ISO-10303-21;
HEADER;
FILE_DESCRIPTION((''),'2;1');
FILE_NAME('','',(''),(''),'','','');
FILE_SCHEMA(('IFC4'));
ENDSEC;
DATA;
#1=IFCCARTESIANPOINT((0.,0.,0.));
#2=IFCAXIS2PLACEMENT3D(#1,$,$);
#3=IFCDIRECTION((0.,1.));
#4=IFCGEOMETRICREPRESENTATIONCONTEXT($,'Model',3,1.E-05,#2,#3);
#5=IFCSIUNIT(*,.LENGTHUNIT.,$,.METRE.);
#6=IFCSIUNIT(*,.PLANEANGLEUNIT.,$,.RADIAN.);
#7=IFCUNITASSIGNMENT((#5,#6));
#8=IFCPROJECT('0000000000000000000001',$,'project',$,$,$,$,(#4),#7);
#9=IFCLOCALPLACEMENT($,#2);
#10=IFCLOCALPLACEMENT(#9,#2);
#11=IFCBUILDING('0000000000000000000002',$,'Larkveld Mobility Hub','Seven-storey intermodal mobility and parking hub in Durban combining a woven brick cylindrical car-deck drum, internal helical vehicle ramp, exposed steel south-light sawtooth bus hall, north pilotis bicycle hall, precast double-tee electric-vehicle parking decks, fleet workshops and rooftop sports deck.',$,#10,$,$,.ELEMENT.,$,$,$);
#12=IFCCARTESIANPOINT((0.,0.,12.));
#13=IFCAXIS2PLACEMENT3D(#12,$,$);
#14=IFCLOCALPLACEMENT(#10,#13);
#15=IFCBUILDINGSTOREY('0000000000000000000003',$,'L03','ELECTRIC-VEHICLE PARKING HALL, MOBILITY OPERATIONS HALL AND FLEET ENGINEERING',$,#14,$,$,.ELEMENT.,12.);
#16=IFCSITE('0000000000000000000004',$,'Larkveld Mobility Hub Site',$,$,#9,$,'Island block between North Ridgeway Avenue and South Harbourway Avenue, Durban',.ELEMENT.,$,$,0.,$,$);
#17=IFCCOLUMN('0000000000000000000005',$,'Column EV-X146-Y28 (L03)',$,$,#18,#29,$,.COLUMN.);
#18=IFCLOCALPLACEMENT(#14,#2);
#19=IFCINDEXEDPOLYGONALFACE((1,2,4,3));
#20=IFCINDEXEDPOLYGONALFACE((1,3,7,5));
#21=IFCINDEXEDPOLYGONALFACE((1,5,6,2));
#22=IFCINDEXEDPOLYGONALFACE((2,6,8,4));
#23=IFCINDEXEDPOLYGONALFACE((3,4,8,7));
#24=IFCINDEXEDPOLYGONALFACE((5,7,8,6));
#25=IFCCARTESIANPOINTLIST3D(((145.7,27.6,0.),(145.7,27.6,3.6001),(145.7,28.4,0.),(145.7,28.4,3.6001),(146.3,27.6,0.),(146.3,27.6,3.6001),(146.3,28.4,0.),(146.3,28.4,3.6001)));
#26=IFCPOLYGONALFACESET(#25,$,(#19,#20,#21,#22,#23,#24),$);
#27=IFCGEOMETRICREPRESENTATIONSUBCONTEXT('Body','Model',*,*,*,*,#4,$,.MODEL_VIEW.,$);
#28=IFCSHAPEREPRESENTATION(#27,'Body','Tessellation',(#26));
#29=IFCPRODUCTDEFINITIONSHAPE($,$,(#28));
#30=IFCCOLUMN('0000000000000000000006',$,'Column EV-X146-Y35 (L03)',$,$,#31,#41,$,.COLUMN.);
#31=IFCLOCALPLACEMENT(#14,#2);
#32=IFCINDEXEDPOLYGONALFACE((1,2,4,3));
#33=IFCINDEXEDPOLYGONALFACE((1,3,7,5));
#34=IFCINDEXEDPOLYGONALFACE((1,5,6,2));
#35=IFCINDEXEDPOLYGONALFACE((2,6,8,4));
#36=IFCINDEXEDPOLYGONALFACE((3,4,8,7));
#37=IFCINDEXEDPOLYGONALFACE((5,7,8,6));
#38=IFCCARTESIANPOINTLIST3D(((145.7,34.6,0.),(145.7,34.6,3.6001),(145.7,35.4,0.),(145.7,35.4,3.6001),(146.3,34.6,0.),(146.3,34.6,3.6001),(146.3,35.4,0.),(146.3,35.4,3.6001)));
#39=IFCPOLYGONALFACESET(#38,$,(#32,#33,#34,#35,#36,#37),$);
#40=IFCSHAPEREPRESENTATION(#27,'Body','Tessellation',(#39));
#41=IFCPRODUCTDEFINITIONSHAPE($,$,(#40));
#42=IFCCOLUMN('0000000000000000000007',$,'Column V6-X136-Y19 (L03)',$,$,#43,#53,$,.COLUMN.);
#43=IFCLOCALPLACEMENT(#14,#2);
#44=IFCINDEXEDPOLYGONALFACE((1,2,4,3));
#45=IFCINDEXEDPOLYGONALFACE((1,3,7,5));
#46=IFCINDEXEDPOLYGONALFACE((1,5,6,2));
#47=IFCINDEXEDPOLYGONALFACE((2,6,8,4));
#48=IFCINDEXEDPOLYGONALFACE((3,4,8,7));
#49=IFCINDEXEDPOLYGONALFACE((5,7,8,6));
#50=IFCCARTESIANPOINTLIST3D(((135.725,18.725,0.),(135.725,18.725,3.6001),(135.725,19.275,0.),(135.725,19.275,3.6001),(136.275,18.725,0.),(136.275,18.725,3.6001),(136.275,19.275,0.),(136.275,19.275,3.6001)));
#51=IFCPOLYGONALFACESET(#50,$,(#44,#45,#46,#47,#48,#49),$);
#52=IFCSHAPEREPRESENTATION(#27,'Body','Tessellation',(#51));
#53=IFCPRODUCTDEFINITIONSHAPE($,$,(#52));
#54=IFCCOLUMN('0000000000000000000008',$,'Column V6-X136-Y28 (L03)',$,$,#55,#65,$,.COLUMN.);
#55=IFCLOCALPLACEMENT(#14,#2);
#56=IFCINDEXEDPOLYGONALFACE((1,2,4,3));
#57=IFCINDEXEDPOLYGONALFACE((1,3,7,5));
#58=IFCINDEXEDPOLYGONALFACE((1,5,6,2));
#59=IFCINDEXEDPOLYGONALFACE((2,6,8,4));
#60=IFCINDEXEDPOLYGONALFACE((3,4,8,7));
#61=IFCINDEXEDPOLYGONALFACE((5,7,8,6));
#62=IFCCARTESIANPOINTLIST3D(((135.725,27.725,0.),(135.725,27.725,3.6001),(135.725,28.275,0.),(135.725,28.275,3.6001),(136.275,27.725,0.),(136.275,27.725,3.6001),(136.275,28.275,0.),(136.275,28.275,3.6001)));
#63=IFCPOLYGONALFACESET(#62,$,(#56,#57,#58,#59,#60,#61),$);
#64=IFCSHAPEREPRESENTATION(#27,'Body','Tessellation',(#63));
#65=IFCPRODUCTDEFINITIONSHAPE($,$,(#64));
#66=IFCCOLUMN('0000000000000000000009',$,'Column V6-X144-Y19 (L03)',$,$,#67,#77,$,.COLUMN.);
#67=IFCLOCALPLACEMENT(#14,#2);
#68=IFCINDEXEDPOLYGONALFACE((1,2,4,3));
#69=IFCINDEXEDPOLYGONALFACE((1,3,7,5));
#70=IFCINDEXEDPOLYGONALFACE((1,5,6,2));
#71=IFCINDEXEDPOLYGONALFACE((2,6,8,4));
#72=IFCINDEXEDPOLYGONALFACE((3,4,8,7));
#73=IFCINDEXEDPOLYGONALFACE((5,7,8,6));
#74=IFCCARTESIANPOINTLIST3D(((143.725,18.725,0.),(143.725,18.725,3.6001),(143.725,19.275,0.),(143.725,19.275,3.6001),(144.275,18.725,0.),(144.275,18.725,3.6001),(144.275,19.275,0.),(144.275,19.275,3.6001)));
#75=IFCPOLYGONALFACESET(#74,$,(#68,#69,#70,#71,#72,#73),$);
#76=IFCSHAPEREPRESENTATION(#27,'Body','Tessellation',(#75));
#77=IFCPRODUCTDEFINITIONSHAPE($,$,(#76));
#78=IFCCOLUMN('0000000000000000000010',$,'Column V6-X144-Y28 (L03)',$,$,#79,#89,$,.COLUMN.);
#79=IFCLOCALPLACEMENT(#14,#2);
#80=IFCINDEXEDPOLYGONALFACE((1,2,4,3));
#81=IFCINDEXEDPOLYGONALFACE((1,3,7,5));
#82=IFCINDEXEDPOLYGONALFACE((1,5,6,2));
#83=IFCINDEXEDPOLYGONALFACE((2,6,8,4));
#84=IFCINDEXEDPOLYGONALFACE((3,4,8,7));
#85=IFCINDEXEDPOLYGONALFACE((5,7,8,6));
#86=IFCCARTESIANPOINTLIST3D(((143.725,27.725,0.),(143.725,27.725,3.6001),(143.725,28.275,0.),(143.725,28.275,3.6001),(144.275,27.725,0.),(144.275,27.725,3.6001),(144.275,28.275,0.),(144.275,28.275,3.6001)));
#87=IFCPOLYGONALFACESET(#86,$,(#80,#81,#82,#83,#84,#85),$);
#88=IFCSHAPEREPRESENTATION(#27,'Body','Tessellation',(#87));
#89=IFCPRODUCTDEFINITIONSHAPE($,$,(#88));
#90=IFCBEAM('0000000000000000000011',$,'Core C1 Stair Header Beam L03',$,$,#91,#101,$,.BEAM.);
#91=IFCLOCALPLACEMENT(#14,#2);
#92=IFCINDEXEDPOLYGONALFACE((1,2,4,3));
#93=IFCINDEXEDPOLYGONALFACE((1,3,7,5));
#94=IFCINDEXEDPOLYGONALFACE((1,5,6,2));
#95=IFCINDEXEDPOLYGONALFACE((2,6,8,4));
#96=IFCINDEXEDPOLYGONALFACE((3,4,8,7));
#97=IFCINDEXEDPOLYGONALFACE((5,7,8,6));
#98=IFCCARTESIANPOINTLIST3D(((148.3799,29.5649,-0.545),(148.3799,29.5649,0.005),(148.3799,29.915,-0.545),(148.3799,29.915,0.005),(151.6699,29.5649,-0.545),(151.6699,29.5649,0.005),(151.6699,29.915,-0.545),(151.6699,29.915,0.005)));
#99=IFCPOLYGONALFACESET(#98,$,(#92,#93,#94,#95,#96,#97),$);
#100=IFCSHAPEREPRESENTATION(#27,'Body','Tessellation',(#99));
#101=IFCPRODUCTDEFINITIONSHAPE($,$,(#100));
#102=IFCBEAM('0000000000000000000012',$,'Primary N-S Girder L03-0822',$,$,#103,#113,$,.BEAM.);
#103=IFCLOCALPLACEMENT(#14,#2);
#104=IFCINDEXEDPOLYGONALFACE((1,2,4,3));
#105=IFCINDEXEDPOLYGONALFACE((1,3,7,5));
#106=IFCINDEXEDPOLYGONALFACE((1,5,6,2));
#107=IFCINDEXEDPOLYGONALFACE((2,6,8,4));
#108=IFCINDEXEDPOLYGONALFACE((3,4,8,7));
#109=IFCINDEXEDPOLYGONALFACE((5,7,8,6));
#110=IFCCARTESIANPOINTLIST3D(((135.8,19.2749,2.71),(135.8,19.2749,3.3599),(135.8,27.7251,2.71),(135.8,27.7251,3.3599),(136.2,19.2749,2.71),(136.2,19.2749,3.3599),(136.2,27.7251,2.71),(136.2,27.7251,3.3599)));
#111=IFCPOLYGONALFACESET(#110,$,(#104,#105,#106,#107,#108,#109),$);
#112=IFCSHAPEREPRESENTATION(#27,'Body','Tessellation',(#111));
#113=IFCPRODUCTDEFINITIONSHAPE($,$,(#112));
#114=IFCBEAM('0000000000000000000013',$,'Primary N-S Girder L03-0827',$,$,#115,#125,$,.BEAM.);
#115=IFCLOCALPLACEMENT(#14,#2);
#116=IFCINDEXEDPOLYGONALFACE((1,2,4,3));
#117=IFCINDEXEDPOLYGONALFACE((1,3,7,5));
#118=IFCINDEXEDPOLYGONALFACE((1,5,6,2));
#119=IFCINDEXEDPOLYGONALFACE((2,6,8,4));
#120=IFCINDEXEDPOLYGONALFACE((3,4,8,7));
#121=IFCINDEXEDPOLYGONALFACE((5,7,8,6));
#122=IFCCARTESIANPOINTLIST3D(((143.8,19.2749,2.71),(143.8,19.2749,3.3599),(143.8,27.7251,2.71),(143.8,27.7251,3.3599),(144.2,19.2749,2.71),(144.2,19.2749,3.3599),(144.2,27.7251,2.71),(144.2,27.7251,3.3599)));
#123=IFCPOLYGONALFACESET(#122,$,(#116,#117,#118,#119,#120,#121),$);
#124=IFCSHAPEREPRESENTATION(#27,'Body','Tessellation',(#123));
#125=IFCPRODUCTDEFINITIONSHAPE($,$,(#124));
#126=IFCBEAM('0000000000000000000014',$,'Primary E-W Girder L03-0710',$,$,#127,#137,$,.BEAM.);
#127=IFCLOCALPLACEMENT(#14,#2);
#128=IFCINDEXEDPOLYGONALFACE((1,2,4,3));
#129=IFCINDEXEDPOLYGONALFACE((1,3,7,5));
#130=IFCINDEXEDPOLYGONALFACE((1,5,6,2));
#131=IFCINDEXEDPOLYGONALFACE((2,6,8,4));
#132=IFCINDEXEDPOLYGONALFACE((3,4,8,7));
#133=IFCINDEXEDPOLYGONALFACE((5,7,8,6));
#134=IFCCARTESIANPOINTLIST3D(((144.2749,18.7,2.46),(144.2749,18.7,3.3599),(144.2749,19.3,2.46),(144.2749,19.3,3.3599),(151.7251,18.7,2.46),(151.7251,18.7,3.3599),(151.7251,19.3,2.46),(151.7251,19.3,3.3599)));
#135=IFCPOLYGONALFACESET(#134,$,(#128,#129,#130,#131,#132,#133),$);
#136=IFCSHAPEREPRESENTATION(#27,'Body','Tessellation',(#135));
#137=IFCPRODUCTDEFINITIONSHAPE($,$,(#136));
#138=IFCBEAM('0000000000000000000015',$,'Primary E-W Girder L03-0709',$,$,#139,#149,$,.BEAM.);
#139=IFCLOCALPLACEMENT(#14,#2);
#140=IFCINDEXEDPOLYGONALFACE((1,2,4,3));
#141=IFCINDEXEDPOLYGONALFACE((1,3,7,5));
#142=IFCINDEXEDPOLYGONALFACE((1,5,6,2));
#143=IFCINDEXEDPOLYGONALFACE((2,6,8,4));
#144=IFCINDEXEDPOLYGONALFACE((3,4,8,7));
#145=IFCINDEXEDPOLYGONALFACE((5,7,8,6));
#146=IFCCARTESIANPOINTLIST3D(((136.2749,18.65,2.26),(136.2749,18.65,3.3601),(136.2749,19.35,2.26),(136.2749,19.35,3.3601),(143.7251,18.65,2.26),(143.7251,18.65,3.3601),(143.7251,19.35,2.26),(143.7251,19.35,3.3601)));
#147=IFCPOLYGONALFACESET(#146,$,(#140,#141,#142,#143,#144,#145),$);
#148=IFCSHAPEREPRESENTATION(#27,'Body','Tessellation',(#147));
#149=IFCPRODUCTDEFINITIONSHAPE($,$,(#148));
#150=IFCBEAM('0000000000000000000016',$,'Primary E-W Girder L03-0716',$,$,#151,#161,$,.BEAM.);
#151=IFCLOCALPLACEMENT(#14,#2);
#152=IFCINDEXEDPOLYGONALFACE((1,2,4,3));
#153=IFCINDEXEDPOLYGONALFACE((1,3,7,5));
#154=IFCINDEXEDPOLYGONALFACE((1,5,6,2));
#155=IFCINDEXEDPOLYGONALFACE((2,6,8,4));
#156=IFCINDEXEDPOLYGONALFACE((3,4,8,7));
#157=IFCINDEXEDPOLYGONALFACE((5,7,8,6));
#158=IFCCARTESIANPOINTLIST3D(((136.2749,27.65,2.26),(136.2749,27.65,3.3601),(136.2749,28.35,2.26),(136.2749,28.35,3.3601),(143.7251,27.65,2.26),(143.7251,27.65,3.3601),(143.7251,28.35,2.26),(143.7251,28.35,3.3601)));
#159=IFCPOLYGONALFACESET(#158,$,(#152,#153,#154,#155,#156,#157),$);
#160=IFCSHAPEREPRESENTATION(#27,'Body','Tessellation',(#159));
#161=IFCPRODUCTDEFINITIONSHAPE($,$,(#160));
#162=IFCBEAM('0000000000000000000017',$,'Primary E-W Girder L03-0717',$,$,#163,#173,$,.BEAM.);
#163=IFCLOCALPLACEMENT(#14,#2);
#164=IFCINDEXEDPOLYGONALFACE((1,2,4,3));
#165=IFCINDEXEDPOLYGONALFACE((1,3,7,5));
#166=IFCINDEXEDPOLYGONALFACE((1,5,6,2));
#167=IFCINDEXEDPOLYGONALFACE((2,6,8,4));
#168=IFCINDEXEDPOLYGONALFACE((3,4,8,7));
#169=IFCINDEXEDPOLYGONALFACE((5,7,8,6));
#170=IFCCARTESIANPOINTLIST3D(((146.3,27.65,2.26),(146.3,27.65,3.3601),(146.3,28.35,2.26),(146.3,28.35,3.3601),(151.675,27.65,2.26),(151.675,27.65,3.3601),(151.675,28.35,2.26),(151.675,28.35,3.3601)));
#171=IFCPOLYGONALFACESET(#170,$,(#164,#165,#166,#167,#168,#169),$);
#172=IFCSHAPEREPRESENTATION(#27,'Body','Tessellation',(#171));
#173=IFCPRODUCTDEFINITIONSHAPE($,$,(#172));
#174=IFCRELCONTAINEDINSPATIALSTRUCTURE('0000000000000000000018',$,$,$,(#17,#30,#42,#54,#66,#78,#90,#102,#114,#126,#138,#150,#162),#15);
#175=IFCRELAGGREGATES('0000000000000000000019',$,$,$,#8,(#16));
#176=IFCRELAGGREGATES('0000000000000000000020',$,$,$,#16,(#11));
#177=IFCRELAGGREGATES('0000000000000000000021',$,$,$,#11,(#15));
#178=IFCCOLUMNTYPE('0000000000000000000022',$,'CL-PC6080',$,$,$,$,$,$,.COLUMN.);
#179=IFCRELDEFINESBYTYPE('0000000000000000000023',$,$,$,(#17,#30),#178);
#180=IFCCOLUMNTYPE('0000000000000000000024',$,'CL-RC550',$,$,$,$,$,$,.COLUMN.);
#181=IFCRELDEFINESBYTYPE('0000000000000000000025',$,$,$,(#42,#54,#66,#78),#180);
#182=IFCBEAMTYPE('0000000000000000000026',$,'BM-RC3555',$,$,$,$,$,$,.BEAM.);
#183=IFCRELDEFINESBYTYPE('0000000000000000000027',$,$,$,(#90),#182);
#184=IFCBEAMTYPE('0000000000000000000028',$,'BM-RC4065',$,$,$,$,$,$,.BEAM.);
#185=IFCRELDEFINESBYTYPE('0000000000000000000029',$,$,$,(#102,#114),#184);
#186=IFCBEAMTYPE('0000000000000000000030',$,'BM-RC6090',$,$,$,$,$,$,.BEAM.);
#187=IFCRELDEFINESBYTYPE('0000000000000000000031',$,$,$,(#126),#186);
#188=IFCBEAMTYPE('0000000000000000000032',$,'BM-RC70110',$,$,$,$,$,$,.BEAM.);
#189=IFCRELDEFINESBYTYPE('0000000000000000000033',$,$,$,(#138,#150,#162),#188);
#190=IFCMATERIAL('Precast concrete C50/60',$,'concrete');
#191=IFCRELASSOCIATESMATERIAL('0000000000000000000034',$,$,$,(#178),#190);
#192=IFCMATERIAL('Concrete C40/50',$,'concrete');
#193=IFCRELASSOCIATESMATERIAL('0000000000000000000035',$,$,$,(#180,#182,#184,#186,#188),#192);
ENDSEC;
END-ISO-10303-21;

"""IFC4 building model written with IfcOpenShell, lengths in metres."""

from ifc_helpers import new_model, si_unit, direction, frame, origin, origin_2d, place, context, subcontext, project, spatial, rectangle, extrude, material, material_profile, profile_set, type_object, element, save


model = new_model("IFC4")

# Units and contexts
model_context = context("Model", 3, precision=1e-05, world=origin(), true_north=direction((0.0, 1.0)))
body_context = subcontext(model_context, "Body", "Model", "MODEL_VIEW")
ifc_project = project(units=[si_unit("LENGTHUNIT", "METRE"), si_unit("PLANEANGLEUNIT", "RADIAN")], contexts=[model_context])

# Site, building, storey
site_placement = place(None, origin())
site = spatial("IfcSite", under=ifc_project, at=site_placement, Name="Larkveld Mobility Hub Site", LongName="Island block between North Ridgeway Avenue and South Harbourway Avenue, Durban", CompositionType="ELEMENT", RefElevation=0.0)
building_placement = place(site_placement, origin())
building = spatial("IfcBuilding", under=site, at=building_placement, Name="Larkveld Mobility Hub", Description="Seven-storey intermodal mobility and parking hub in Durban combining a woven brick cylindrical car-deck drum, internal helical vehicle ramp, exposed steel south-light sawtooth bus hall, north pilotis bicycle hall, precast double-tee electric-vehicle parking decks, fleet workshops and rooftop sports deck.", CompositionType="ELEMENT")
storey_placement = place(building_placement, frame((0.0, 0.0, 12.0)))
storey = spatial("IfcBuildingStorey", under=building, at=storey_placement, Name="L03", Description="ELECTRIC-VEHICLE PARKING HALL, MOBILITY OPERATIONS HALL AND FLEET ENGINEERING", CompositionType="ELEMENT", Elevation=12.0)

# Columns
ifc_material_1 = material(Name="Precast concrete C50/60", Category="concrete")
ifc_material_profile_1 = material_profile(ifc_material_1, rectangle(XDim=0.6001, YDim=0.8, at=origin_2d()), Name="RC COL 600x800")
ifc_profile_set_1 = profile_set([ifc_material_profile_1], Name="Precast concrete C50/60")
column_type_1 = type_object("IfcColumnType", Name="CL-PC6080", PredefinedType="COLUMN", material=ifc_profile_set_1)
for number, where, z_axis, x_axis, name in (
    (1, (146.0, 28.0, 0.0), (0.0, 0.0, 1.0), (1.0, 0.0, 0.0), "Column EV-X146-Y28 (L03)"),
    (2, (146.0, 35.0, 0.0), (0.0, 0.0, 1.0), (1.0, 0.0, 0.0), "Column EV-X146-Y35 (L03)"),
):
    element("IfcColumn", number, at=place(storey_placement, frame(where, z_axis=z_axis, x_axis=x_axis)), inside=storey, type_object=column_type_1, Name=name, PredefinedType="COLUMN", context=body_context, shape_type="SweptSolid", body=[
        extrude(rectangle(XDim=0.6001, YDim=0.8, at=origin_2d()), origin(), (0.0, 0.0, 1.0), 3.6001),
    ])
ifc_material_2 = material(Name="Concrete C40/50", Category="concrete")
ifc_material_profile_2 = material_profile(ifc_material_2, rectangle(XDim=0.55, YDim=0.55, at=origin_2d()), Name="RC COL 550x550")
ifc_profile_set_2 = profile_set([ifc_material_profile_2], Name="Concrete C40/50")
column_type_2 = type_object("IfcColumnType", Name="CL-RC550", PredefinedType="COLUMN", material=ifc_profile_set_2)
for number, where, z_axis, x_axis, name in (
    (3, (136.0, 19.0, 0.0), (0.0, 0.0, 1.0), (1.0, 0.0, 0.0), "Column V6-X136-Y19 (L03)"),
    (4, (136.0, 28.0, 0.0), (0.0, 0.0, 1.0), (1.0, 0.0, 0.0), "Column V6-X136-Y28 (L03)"),
    (5, (144.0, 19.0, 0.0), (0.0, 0.0, 1.0), (1.0, 0.0, 0.0), "Column V6-X144-Y19 (L03)"),
    (6, (144.0, 28.0, 0.0), (0.0, 0.0, 1.0), (1.0, 0.0, 0.0), "Column V6-X144-Y28 (L03)"),
):
    element("IfcColumn", number, at=place(storey_placement, frame(where, z_axis=z_axis, x_axis=x_axis)), inside=storey, type_object=column_type_2, Name=name, PredefinedType="COLUMN", context=body_context, shape_type="SweptSolid", body=[
        extrude(rectangle(XDim=0.55, YDim=0.55, at=origin_2d()), origin(), (0.0, 0.0, 1.0), 3.6001),
    ])

# Beams
ifc_material_profile_3 = material_profile(ifc_material_2, rectangle(XDim=0.3501, YDim=0.55, at=origin_2d()), Name="RC BM 350x550")
ifc_profile_set_3 = profile_set([ifc_material_profile_3], Name="Concrete C40/50")
beam_type_1 = type_object("IfcBeamType", Name="BM-RC3555", PredefinedType="BEAM", material=ifc_profile_set_3)
beam_1_placement = place(storey_placement, frame((148.3799, 29.74, -0.27), z_axis=(1.0, 0.0, 0.0), x_axis=(0.0, 1.0, 0.0)))
element("IfcBeam", 7, at=beam_1_placement, inside=storey, type_object=beam_type_1, Name="Core C1 Stair Header Beam L03", PredefinedType="BEAM", context=body_context, shape_type="SweptSolid", body=[
    extrude(rectangle(XDim=0.3501, YDim=0.55, at=origin_2d()), origin(), (0.0, 0.0, 1.0), 3.29),
])
ifc_material_profile_4 = material_profile(ifc_material_2, rectangle(XDim=0.3999, YDim=0.6499, at=origin_2d()), Name="RC BM 400x650")
ifc_profile_set_4 = profile_set([ifc_material_profile_4], Name="Concrete C40/50")
beam_type_2 = type_object("IfcBeamType", Name="BM-RC4065", PredefinedType="BEAM", material=ifc_profile_set_4)
for number, where, z_axis, x_axis, name in (
    (8, (136.0, 19.2749, 3.0349), (0.0, 1.0, 0.0), (-1.0, 0.0, 0.0), "Primary N-S Girder L03-0822"),
    (9, (144.0, 19.2749, 3.0349), (0.0, 1.0, 0.0), (-1.0, 0.0, 0.0), "Primary N-S Girder L03-0827"),
):
    element("IfcBeam", number, at=place(storey_placement, frame(where, z_axis=z_axis, x_axis=x_axis)), inside=storey, type_object=beam_type_2, Name=name, PredefinedType="BEAM", context=body_context, shape_type="SweptSolid", body=[
        extrude(rectangle(XDim=0.3999, YDim=0.6499, at=origin_2d()), origin(), (0.0, 0.0, 1.0), 8.4502),
    ])
ifc_material_profile_5 = material_profile(ifc_material_2, rectangle(XDim=0.6001, YDim=0.8999, at=origin_2d()), Name="RC BM 600x900")
ifc_profile_set_5 = profile_set([ifc_material_profile_5], Name="Concrete C40/50")
beam_type_3 = type_object("IfcBeamType", Name="BM-RC6090", PredefinedType="BEAM", material=ifc_profile_set_5)
beam_2_placement = place(storey_placement, frame((144.2749, 19.0, 2.9099), z_axis=(1.0, 0.0, 0.0), x_axis=(0.0, 1.0, 0.0)))
element("IfcBeam", 10, at=beam_2_placement, inside=storey, type_object=beam_type_3, Name="Primary E-W Girder L03-0710", PredefinedType="BEAM", context=body_context, shape_type="SweptSolid", body=[
    extrude(rectangle(XDim=0.6001, YDim=0.8999, at=origin_2d()), origin(), (0.0, 0.0, 1.0), 7.4502),
])
ifc_material_profile_6 = material_profile(ifc_material_2, rectangle(XDim=0.7, YDim=1.1001, at=origin_2d()), Name="RC BM 700x1100")
ifc_profile_set_6 = profile_set([ifc_material_profile_6], Name="Concrete C40/50")
beam_type_4 = type_object("IfcBeamType", Name="BM-RC70110", PredefinedType="BEAM", material=ifc_profile_set_6)
for number, where, z_axis, x_axis, name in (
    (11, (136.2749, 19.0, 2.8101), (1.0, 0.0, 0.0), (0.0, 1.0, 0.0), "Primary E-W Girder L03-0709"),
    (12, (136.2749, 28.0, 2.8101), (1.0, 0.0, 0.0), (0.0, 1.0, 0.0), "Primary E-W Girder L03-0716"),
):
    element("IfcBeam", number, at=place(storey_placement, frame(where, z_axis=z_axis, x_axis=x_axis)), inside=storey, type_object=beam_type_4, Name=name, PredefinedType="BEAM", context=body_context, shape_type="SweptSolid", body=[
        extrude(rectangle(XDim=0.7, YDim=1.1001, at=origin_2d()), origin(), (0.0, 0.0, 1.0), 7.4502),
    ])
beam_3_placement = place(storey_placement, frame((146.3, 28.0, 2.8101), z_axis=(1.0, 0.0, 0.0), x_axis=(0.0, 1.0, 0.0)))
element("IfcBeam", 13, at=beam_3_placement, inside=storey, type_object=beam_type_4, Name="Primary E-W Girder L03-0717", PredefinedType="BEAM", context=body_context, shape_type="SweptSolid", body=[
    extrude(rectangle(XDim=0.7, YDim=1.1001, at=origin_2d()), origin(), (0.0, 0.0, 1.0), 5.375),
])

save(model, "model.ifc")
